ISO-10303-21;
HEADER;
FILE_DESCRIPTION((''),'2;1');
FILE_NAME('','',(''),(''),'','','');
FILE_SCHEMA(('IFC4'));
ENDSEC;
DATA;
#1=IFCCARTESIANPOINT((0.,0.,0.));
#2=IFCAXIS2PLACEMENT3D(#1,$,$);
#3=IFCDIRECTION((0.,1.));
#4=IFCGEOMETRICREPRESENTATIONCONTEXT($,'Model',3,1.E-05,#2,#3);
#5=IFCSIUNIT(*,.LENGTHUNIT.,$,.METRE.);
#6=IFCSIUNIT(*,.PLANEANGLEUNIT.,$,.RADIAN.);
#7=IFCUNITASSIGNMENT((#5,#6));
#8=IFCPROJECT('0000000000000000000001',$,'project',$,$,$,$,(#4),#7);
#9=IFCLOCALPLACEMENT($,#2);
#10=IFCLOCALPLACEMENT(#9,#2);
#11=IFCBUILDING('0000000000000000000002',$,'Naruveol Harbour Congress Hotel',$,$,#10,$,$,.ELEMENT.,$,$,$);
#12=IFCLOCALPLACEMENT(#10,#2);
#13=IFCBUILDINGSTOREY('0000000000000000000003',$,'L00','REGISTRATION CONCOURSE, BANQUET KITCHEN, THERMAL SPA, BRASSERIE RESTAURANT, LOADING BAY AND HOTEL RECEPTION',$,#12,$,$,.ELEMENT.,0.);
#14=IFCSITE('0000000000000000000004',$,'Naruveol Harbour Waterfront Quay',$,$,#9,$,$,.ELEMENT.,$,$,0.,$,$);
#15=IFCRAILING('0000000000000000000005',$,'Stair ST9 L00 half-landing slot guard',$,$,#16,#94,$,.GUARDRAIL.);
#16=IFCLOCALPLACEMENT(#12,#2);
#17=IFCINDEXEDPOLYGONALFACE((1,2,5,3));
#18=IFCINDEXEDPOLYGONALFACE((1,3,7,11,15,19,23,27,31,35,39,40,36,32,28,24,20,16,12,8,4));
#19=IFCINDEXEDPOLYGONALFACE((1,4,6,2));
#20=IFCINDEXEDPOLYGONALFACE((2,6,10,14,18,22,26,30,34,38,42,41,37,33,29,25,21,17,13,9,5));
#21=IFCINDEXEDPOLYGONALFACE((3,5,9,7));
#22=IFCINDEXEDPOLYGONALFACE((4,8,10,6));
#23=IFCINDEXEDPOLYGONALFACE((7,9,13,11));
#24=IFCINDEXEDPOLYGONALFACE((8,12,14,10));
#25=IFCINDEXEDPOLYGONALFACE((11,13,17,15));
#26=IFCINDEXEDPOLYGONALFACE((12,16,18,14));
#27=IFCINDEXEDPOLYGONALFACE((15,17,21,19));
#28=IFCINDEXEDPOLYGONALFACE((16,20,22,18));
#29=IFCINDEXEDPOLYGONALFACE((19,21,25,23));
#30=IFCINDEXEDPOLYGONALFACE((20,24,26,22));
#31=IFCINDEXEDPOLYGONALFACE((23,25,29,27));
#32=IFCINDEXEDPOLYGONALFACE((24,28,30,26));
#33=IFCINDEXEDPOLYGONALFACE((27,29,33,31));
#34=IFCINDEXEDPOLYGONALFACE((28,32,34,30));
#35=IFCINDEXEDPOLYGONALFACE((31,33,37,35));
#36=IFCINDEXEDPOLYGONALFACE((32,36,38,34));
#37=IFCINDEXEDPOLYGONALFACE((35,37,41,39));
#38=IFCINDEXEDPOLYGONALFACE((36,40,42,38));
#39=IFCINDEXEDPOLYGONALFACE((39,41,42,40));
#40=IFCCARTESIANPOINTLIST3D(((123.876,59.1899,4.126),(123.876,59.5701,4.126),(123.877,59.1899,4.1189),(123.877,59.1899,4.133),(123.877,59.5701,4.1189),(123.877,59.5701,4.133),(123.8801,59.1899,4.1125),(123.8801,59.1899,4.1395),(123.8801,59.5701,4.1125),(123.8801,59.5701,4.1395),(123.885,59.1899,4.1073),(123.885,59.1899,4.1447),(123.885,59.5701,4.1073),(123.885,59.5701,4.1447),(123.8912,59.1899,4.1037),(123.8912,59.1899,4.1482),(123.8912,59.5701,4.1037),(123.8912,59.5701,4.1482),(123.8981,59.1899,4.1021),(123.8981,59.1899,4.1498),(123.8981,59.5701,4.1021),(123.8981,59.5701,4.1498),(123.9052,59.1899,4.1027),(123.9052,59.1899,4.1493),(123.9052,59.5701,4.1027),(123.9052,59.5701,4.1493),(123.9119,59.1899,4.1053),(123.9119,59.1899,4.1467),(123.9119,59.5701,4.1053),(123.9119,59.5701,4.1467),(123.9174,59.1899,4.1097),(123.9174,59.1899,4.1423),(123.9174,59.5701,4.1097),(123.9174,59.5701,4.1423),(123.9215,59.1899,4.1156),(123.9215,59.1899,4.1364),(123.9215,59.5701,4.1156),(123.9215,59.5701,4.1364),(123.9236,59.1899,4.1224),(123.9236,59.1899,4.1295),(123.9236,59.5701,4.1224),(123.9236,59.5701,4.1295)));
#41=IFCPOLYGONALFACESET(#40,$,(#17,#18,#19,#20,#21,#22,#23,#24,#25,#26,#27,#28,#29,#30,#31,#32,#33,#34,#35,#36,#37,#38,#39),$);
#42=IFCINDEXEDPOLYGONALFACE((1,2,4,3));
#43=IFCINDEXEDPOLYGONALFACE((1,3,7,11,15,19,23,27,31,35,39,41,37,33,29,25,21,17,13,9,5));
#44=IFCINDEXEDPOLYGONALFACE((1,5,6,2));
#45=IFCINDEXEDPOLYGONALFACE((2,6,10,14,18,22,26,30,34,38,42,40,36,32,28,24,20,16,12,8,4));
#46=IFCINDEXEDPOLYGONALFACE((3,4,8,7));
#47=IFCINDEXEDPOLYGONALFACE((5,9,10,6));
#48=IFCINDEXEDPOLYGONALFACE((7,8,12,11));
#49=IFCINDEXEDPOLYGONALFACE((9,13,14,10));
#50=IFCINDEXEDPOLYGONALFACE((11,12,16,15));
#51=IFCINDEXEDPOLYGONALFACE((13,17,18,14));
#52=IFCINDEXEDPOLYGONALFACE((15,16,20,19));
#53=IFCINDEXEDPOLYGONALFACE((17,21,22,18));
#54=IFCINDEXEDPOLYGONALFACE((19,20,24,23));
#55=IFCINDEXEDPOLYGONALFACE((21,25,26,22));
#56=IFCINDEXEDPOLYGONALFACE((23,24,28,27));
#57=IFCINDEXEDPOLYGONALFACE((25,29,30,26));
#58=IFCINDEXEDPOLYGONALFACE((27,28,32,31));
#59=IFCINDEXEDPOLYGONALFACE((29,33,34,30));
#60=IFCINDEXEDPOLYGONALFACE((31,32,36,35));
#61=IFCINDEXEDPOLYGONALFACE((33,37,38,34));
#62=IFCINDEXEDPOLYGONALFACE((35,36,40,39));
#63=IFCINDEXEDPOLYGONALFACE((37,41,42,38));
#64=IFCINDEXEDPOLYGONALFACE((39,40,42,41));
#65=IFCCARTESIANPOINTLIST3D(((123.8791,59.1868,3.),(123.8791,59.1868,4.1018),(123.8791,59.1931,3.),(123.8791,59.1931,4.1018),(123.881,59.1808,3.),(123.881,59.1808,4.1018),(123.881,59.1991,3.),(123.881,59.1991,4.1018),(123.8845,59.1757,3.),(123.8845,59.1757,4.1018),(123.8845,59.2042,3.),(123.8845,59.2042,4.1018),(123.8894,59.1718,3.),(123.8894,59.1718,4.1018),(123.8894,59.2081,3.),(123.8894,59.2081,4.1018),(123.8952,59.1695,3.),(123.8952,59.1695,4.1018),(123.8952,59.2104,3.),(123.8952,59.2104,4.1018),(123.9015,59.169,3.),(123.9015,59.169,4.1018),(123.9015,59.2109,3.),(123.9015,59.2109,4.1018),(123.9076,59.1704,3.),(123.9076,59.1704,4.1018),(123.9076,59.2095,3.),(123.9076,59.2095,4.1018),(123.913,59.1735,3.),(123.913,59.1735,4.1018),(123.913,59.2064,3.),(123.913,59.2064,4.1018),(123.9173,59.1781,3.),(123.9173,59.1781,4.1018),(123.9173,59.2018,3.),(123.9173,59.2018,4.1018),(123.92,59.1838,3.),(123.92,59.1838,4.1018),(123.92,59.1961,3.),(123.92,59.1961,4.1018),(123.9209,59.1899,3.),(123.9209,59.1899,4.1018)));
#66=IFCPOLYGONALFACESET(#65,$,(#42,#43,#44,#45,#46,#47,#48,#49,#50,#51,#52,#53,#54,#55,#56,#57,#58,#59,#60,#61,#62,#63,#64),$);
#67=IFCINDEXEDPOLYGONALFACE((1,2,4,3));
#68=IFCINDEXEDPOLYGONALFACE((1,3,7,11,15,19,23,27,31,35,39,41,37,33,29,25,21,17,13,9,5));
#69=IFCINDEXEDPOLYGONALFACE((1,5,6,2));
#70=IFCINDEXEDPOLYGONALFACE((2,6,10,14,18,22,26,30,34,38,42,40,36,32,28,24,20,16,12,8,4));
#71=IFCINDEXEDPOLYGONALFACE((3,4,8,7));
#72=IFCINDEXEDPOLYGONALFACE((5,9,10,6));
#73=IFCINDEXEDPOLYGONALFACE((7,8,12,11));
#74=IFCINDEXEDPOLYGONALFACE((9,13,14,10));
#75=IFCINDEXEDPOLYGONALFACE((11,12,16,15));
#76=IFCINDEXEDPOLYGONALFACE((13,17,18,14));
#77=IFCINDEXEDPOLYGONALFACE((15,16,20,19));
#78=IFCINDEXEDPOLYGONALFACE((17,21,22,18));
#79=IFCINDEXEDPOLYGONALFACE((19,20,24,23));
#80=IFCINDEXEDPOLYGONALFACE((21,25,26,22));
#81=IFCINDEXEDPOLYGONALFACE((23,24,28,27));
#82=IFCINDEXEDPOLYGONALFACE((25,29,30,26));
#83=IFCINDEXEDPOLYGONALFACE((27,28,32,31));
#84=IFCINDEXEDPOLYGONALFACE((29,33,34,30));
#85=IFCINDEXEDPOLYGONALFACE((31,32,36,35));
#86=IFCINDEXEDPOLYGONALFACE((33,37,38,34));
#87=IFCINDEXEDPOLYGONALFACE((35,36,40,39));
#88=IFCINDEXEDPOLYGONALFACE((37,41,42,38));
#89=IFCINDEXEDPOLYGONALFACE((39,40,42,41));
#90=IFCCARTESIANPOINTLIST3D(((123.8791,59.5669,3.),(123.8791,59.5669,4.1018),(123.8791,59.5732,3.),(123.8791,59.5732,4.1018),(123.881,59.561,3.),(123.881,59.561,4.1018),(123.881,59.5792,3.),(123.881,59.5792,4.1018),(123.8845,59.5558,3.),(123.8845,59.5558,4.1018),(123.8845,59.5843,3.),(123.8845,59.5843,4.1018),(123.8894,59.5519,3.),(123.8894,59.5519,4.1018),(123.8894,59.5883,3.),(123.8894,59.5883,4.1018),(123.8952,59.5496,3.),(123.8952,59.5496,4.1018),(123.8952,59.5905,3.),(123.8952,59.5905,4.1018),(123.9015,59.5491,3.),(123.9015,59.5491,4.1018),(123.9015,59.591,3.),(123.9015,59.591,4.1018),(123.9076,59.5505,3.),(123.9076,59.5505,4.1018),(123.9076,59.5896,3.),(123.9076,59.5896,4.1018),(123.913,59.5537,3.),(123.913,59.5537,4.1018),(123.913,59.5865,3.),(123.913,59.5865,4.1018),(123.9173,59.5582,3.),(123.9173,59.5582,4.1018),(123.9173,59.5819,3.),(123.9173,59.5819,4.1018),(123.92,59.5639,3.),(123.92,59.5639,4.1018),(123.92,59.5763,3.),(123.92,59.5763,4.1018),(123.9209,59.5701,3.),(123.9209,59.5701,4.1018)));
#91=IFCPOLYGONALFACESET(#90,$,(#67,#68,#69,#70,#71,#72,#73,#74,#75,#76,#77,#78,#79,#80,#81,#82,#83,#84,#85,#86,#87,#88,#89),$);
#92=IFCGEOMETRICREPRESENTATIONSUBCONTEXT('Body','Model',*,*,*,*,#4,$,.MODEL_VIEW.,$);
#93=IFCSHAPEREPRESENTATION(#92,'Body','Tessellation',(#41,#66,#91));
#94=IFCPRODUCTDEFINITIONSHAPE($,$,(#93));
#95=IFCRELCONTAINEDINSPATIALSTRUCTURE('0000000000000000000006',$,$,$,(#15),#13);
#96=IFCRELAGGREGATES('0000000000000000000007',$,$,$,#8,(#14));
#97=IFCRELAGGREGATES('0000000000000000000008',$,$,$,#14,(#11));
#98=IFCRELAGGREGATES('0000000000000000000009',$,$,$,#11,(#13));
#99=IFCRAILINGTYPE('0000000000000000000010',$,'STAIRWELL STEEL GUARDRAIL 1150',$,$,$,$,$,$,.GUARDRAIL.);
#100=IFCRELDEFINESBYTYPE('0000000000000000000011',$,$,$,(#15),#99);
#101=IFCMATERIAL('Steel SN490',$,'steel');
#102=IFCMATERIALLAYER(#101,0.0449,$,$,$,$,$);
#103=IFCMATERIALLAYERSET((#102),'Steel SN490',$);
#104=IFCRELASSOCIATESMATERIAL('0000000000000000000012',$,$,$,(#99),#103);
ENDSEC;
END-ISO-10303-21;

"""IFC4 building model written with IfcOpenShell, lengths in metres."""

from ifc_helpers import new_model, si_unit, direction, frame, origin, origin_2d, place, context, subcontext, project, spatial, circle, extrude, material, layer, layer_set, type_object, element, save


model = new_model("IFC4")

# Units and contexts
model_context = context("Model", 3, precision=1e-05, world=origin(), true_north=direction((0.0, 1.0)))
body_context = subcontext(model_context, "Body", "Model", "MODEL_VIEW")
ifc_project = project(units=[si_unit("LENGTHUNIT", "METRE"), si_unit("PLANEANGLEUNIT", "RADIAN")], contexts=[model_context])

# Site, building, storey
site_placement = place(None, origin())
site = spatial("IfcSite", under=ifc_project, at=site_placement, Name="Naruveol Harbour Waterfront Quay", CompositionType="ELEMENT", RefElevation=0.0)
building_placement = place(site_placement, origin())
building = spatial("IfcBuilding", under=site, at=building_placement, Name="Naruveol Harbour Congress Hotel", CompositionType="ELEMENT")
storey_placement = place(building_placement, origin())
storey = spatial("IfcBuildingStorey", under=building, at=storey_placement, Name="L00", Description="REGISTRATION CONCOURSE, BANQUET KITCHEN, THERMAL SPA, BRASSERIE RESTAURANT, LOADING BAY AND HOTEL RECEPTION", CompositionType="ELEMENT", Elevation=0.0)

# Railing
ifc_material_1 = material(Name="Steel SN490", Category="steel")
ifc_layer_1 = layer(ifc_material_1, 0.0449)
ifc_layer_set_1 = layer_set([ifc_layer_1], Name="Steel SN490")
railing_type_1 = type_object("IfcRailingType", Name="STAIRWELL STEEL GUARDRAIL 1150", PredefinedType="GUARDRAIL", material=ifc_layer_set_1)
railing_1_placement = place(storey_placement, frame((123.8999, 59.1899, 3.0)))
element("IfcRailing", 1, at=railing_1_placement, inside=storey, type_object=railing_type_1, Name="Stair ST9 L00 half-landing slot guard", PredefinedType="GUARDRAIL", context=body_context, shape_type="SweptSolid", body=[
    extrude(circle(Radius=0.0239, at=origin_2d()), frame((0.0, 0.0, 1.126), z_axis=(0.0, 1.0, 0.0), x_axis=(-1.0, 0.0, 0.0)), (0.0, 0.0, 1.0), 0.3801),
    extrude(circle(Radius=0.021, at=origin_2d()), origin(), (0.0, 0.0, 1.0), 1.1018),
    extrude(circle(Radius=0.021, at=origin_2d()), frame((0.0, 0.3801, 0.0)), (0.0, 0.0, 1.0), 1.1018),
])

save(model, "model.ifc")
